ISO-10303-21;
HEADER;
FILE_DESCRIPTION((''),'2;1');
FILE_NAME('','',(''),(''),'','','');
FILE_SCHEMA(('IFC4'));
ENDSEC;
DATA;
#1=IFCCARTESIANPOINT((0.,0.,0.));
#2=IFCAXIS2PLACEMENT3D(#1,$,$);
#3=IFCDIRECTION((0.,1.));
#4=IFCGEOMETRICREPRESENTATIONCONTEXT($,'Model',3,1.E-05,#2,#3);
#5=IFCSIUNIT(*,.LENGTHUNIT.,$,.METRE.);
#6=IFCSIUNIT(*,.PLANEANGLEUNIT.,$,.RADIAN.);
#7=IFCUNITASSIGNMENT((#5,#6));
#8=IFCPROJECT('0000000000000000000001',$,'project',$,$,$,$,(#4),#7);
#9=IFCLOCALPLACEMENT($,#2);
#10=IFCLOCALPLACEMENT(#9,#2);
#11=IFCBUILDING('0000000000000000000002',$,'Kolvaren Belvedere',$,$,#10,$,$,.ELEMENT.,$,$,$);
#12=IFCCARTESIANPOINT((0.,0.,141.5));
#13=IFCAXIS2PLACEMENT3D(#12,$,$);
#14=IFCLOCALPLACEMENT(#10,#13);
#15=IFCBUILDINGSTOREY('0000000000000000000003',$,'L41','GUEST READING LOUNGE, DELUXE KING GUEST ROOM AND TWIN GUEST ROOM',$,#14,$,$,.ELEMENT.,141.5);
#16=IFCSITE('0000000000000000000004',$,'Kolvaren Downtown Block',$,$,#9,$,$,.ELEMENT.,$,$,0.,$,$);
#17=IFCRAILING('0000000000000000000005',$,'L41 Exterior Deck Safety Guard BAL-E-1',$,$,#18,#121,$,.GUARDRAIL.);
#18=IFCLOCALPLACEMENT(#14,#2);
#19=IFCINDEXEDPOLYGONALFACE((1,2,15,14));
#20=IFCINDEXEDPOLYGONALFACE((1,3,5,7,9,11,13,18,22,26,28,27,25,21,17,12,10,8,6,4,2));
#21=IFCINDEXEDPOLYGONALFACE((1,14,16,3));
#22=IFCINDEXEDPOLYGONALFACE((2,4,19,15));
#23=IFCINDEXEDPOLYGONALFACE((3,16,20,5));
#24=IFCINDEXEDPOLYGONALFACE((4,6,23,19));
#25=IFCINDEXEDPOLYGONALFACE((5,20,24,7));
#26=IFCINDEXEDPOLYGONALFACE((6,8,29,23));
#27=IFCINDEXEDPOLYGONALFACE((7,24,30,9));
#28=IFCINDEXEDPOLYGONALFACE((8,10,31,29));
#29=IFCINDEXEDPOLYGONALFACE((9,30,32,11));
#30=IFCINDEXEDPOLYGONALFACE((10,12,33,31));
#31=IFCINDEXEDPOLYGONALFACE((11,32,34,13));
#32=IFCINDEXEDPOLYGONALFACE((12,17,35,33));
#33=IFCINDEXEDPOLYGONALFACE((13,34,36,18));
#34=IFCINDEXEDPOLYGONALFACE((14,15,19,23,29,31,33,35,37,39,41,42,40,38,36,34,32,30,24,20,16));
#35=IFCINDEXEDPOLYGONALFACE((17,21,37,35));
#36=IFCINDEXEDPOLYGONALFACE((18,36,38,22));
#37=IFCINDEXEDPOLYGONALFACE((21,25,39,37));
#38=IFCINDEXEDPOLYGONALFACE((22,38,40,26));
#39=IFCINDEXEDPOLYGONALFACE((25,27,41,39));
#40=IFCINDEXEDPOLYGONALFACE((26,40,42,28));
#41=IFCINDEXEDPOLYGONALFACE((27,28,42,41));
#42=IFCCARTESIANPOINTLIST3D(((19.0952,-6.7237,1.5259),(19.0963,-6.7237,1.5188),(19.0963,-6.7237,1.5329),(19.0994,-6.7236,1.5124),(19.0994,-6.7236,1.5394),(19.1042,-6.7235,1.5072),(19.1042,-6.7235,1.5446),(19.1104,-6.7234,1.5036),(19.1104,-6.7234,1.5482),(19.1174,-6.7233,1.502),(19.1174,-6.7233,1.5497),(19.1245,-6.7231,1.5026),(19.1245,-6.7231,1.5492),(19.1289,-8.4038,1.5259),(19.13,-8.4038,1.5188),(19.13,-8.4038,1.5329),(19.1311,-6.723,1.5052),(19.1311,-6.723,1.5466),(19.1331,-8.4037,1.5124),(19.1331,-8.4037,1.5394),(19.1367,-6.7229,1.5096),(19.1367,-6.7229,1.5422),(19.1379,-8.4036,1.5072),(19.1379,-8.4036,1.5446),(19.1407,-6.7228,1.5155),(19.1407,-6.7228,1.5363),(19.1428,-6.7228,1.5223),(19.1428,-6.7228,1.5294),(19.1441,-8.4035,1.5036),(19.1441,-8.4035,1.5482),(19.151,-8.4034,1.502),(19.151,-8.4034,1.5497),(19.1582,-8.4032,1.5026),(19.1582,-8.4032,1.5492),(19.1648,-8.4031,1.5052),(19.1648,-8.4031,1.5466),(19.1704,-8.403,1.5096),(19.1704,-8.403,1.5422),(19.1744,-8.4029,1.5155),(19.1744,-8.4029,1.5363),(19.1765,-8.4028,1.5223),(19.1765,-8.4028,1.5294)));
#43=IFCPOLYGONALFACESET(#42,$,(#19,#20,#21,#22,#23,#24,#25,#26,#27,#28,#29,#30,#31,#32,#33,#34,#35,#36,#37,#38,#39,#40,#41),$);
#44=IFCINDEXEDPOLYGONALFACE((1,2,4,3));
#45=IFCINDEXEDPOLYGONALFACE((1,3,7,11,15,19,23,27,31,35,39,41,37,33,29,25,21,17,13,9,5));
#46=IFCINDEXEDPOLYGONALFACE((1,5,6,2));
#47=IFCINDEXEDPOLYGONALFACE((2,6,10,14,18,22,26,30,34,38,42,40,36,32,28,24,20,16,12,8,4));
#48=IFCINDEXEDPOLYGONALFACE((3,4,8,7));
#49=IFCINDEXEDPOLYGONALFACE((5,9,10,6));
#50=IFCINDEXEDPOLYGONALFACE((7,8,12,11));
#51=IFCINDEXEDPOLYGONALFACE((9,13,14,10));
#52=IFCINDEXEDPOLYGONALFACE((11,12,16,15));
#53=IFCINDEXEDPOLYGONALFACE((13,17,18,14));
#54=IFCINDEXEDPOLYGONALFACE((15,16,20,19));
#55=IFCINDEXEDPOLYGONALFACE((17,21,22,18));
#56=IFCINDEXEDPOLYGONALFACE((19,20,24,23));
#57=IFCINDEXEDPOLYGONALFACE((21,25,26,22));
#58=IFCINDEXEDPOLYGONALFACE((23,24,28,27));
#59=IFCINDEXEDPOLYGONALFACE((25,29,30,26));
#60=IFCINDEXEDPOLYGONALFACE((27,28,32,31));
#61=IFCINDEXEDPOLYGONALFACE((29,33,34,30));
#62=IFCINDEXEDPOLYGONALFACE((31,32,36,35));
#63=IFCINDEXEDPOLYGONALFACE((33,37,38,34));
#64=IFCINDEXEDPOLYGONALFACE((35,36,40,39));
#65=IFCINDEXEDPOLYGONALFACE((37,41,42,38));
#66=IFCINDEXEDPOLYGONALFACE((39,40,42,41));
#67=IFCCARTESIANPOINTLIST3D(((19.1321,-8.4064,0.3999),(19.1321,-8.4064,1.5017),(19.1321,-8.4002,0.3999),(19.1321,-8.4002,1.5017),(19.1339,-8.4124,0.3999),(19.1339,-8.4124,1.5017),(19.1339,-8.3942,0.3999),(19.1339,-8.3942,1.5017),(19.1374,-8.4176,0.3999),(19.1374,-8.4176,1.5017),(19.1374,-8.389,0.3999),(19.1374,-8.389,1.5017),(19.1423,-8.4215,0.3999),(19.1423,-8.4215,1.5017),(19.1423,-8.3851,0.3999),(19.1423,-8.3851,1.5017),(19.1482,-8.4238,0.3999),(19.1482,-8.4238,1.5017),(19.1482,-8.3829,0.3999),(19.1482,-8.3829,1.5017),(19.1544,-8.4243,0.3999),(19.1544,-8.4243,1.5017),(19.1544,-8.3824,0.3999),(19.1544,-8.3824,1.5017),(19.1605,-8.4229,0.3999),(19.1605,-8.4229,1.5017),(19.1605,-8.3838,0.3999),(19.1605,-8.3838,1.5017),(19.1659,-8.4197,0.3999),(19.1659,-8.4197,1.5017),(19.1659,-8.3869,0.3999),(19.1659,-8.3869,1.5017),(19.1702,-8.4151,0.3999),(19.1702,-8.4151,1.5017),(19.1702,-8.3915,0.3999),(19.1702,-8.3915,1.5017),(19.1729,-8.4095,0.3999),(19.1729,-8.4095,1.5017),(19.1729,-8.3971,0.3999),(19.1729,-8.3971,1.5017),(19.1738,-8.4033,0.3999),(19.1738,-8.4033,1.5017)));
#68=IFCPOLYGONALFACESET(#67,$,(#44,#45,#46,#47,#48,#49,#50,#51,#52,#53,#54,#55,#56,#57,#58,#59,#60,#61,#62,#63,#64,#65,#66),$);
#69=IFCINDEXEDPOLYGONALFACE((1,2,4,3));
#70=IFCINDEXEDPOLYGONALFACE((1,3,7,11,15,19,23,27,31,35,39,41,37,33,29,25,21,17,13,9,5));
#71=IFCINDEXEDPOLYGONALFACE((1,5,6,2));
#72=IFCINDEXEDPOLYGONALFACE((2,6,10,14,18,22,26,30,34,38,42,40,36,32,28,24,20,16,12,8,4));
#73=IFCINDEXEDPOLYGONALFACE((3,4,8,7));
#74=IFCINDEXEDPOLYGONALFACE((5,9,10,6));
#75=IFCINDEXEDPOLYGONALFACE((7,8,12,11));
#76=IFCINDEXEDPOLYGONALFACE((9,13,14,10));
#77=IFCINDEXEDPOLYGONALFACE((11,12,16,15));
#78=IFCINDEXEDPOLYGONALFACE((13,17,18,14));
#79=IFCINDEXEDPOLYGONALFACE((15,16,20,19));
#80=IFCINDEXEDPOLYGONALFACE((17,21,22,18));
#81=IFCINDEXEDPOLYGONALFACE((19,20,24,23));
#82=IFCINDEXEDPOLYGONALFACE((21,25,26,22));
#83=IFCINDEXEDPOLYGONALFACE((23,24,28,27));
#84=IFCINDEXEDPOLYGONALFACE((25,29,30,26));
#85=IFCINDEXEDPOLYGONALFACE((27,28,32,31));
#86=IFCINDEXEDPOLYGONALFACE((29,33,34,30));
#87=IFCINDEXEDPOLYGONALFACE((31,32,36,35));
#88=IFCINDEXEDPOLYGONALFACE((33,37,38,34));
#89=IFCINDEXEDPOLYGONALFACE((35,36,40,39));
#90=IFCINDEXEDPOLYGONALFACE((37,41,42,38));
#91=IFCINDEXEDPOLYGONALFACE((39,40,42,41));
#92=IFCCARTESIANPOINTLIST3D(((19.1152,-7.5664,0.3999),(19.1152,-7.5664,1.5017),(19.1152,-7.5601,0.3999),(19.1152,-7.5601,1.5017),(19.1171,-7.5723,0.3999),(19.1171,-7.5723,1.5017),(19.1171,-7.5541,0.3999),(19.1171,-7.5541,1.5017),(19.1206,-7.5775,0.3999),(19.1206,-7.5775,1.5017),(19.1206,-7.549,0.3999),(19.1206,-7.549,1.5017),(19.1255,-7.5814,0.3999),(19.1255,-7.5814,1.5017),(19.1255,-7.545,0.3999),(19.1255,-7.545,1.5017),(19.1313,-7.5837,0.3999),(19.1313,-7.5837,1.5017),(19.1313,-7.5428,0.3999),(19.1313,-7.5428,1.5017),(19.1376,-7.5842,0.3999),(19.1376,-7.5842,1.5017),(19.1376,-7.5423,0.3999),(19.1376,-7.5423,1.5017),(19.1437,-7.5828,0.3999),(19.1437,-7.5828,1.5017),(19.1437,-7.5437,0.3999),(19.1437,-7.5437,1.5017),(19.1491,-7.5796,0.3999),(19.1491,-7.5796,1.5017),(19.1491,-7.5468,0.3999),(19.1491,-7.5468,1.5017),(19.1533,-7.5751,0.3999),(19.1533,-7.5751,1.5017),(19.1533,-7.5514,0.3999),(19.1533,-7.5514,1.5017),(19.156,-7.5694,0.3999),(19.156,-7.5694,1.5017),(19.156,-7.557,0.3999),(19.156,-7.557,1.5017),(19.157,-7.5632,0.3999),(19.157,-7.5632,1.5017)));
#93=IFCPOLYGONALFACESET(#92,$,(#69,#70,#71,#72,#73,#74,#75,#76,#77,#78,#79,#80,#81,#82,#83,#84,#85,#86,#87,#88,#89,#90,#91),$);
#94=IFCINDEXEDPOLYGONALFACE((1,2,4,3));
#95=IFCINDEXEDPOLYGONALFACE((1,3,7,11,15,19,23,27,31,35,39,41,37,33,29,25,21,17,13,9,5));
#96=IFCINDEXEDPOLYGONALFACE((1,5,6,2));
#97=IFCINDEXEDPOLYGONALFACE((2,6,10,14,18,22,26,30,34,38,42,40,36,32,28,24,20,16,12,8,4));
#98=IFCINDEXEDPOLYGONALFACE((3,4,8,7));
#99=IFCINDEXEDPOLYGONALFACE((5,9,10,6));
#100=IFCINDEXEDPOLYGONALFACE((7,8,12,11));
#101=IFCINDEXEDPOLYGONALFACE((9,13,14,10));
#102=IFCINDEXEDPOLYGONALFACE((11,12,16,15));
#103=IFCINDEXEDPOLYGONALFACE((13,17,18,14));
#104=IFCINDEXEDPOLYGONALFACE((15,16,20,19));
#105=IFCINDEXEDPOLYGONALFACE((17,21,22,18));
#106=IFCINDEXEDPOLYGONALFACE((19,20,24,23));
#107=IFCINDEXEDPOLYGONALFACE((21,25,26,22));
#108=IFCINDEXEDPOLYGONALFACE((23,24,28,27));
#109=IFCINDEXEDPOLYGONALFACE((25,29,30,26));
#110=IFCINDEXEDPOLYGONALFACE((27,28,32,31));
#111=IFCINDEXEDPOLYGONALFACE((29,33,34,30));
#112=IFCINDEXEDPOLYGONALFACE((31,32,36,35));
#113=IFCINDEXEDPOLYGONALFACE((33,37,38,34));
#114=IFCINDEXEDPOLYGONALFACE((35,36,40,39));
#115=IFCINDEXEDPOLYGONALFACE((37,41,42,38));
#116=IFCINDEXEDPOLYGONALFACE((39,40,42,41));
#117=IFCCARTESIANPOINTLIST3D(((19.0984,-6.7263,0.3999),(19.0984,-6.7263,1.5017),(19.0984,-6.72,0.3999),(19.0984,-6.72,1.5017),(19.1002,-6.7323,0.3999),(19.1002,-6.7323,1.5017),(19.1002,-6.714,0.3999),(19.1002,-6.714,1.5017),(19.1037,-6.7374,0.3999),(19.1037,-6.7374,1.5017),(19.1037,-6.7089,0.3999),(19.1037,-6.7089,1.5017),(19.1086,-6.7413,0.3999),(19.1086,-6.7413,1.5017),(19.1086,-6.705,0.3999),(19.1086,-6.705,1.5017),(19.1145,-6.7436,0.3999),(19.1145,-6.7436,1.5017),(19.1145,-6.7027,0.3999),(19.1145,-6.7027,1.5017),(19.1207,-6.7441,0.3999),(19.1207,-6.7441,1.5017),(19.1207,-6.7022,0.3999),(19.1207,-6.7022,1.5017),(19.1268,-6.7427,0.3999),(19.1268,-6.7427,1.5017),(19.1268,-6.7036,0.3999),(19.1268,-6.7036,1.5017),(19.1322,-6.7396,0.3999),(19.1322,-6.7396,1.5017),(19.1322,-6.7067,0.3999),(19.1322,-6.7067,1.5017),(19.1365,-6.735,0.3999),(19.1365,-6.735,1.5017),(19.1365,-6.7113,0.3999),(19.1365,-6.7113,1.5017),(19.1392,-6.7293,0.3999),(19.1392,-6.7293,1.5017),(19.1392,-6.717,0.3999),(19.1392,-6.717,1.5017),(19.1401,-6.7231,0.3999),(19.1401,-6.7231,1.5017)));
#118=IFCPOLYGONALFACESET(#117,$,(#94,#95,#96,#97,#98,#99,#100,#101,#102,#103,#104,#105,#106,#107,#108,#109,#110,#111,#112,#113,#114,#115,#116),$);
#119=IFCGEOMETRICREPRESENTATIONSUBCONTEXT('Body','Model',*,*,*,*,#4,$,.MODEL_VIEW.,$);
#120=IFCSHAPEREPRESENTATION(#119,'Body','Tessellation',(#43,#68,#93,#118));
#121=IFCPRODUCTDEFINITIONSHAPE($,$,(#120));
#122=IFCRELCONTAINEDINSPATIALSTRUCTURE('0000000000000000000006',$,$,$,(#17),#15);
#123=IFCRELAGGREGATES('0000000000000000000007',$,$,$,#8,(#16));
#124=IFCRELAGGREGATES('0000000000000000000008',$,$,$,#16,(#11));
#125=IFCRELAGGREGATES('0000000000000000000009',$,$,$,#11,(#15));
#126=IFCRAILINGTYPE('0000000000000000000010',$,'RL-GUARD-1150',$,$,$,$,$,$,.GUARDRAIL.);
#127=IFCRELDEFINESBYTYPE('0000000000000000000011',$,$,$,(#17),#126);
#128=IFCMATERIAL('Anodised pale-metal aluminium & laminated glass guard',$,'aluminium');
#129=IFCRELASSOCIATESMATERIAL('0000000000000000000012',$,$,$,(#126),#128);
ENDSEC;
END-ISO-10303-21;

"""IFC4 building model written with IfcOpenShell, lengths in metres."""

from ifc_helpers import new_model, si_unit, direction, frame, origin, origin_2d, place, context, subcontext, project, spatial, circle, extrude, material, type_object, element, save


model = new_model("IFC4")

# Units and contexts
model_context = context("Model", 3, precision=1e-05, world=origin(), true_north=direction((0.0, 1.0)))
body_context = subcontext(model_context, "Body", "Model", "MODEL_VIEW")
ifc_project = project(units=[si_unit("LENGTHUNIT", "METRE"), si_unit("PLANEANGLEUNIT", "RADIAN")], contexts=[model_context])

# Site, building, storey
site_placement = place(None, origin())
site = spatial("IfcSite", under=ifc_project, at=site_placement, Name="Kolvaren Downtown Block", CompositionType="ELEMENT", RefElevation=0.0)
building_placement = place(site_placement, origin())
building = spatial("IfcBuilding", under=site, at=building_placement, Name="Kolvaren Belvedere", CompositionType="ELEMENT")
storey_placement = place(building_placement, frame((0.0, 0.0, 141.5)))
storey = spatial("IfcBuildingStorey", under=building, at=storey_placement, Name="L41", Description="GUEST READING LOUNGE, DELUXE KING GUEST ROOM AND TWIN GUEST ROOM", CompositionType="ELEMENT", Elevation=141.5)

# Railing
ifc_material_1 = material(Name="Anodised pale-metal aluminium & laminated glass guard", Category="aluminium")
railing_type = type_object("IfcRailingType", Name="RL-GUARD-1150", PredefinedType="GUARDRAIL", material=ifc_material_1)
railing_1_placement = place(storey_placement, frame((19.1528, -8.4033, 0.3999)))
element("IfcRailing", 1, at=railing_1_placement, inside=storey, type_object=railing_type, Name="L41 Exterior Deck Safety Guard BAL-E-1", PredefinedType="GUARDRAIL", context=body_context, shape_type="SweptSolid", body=[
    extrude(circle(Radius=0.0239, at=origin_2d()), frame((0.0, 0.0, 1.126), z_axis=(-0.020048, 0.999799, 0.0), x_axis=(-0.999799, -0.020048, 0.0)), (0.0, 0.0, 1.0), 1.6804),
    extrude(circle(Radius=0.021, at=origin_2d()), origin(), (0.0, 0.0, 1.0), 1.1018),
    extrude(circle(Radius=0.021, at=origin_2d()), frame((-0.0168, 0.8401, 0.0)), (0.0, 0.0, 1.0), 1.1018),
    extrude(circle(Radius=0.021, at=origin_2d()), frame((-0.0337, 1.6802, 0.0)), (0.0, 0.0, 1.0), 1.1018),
])

save(model, "model.ifc")
